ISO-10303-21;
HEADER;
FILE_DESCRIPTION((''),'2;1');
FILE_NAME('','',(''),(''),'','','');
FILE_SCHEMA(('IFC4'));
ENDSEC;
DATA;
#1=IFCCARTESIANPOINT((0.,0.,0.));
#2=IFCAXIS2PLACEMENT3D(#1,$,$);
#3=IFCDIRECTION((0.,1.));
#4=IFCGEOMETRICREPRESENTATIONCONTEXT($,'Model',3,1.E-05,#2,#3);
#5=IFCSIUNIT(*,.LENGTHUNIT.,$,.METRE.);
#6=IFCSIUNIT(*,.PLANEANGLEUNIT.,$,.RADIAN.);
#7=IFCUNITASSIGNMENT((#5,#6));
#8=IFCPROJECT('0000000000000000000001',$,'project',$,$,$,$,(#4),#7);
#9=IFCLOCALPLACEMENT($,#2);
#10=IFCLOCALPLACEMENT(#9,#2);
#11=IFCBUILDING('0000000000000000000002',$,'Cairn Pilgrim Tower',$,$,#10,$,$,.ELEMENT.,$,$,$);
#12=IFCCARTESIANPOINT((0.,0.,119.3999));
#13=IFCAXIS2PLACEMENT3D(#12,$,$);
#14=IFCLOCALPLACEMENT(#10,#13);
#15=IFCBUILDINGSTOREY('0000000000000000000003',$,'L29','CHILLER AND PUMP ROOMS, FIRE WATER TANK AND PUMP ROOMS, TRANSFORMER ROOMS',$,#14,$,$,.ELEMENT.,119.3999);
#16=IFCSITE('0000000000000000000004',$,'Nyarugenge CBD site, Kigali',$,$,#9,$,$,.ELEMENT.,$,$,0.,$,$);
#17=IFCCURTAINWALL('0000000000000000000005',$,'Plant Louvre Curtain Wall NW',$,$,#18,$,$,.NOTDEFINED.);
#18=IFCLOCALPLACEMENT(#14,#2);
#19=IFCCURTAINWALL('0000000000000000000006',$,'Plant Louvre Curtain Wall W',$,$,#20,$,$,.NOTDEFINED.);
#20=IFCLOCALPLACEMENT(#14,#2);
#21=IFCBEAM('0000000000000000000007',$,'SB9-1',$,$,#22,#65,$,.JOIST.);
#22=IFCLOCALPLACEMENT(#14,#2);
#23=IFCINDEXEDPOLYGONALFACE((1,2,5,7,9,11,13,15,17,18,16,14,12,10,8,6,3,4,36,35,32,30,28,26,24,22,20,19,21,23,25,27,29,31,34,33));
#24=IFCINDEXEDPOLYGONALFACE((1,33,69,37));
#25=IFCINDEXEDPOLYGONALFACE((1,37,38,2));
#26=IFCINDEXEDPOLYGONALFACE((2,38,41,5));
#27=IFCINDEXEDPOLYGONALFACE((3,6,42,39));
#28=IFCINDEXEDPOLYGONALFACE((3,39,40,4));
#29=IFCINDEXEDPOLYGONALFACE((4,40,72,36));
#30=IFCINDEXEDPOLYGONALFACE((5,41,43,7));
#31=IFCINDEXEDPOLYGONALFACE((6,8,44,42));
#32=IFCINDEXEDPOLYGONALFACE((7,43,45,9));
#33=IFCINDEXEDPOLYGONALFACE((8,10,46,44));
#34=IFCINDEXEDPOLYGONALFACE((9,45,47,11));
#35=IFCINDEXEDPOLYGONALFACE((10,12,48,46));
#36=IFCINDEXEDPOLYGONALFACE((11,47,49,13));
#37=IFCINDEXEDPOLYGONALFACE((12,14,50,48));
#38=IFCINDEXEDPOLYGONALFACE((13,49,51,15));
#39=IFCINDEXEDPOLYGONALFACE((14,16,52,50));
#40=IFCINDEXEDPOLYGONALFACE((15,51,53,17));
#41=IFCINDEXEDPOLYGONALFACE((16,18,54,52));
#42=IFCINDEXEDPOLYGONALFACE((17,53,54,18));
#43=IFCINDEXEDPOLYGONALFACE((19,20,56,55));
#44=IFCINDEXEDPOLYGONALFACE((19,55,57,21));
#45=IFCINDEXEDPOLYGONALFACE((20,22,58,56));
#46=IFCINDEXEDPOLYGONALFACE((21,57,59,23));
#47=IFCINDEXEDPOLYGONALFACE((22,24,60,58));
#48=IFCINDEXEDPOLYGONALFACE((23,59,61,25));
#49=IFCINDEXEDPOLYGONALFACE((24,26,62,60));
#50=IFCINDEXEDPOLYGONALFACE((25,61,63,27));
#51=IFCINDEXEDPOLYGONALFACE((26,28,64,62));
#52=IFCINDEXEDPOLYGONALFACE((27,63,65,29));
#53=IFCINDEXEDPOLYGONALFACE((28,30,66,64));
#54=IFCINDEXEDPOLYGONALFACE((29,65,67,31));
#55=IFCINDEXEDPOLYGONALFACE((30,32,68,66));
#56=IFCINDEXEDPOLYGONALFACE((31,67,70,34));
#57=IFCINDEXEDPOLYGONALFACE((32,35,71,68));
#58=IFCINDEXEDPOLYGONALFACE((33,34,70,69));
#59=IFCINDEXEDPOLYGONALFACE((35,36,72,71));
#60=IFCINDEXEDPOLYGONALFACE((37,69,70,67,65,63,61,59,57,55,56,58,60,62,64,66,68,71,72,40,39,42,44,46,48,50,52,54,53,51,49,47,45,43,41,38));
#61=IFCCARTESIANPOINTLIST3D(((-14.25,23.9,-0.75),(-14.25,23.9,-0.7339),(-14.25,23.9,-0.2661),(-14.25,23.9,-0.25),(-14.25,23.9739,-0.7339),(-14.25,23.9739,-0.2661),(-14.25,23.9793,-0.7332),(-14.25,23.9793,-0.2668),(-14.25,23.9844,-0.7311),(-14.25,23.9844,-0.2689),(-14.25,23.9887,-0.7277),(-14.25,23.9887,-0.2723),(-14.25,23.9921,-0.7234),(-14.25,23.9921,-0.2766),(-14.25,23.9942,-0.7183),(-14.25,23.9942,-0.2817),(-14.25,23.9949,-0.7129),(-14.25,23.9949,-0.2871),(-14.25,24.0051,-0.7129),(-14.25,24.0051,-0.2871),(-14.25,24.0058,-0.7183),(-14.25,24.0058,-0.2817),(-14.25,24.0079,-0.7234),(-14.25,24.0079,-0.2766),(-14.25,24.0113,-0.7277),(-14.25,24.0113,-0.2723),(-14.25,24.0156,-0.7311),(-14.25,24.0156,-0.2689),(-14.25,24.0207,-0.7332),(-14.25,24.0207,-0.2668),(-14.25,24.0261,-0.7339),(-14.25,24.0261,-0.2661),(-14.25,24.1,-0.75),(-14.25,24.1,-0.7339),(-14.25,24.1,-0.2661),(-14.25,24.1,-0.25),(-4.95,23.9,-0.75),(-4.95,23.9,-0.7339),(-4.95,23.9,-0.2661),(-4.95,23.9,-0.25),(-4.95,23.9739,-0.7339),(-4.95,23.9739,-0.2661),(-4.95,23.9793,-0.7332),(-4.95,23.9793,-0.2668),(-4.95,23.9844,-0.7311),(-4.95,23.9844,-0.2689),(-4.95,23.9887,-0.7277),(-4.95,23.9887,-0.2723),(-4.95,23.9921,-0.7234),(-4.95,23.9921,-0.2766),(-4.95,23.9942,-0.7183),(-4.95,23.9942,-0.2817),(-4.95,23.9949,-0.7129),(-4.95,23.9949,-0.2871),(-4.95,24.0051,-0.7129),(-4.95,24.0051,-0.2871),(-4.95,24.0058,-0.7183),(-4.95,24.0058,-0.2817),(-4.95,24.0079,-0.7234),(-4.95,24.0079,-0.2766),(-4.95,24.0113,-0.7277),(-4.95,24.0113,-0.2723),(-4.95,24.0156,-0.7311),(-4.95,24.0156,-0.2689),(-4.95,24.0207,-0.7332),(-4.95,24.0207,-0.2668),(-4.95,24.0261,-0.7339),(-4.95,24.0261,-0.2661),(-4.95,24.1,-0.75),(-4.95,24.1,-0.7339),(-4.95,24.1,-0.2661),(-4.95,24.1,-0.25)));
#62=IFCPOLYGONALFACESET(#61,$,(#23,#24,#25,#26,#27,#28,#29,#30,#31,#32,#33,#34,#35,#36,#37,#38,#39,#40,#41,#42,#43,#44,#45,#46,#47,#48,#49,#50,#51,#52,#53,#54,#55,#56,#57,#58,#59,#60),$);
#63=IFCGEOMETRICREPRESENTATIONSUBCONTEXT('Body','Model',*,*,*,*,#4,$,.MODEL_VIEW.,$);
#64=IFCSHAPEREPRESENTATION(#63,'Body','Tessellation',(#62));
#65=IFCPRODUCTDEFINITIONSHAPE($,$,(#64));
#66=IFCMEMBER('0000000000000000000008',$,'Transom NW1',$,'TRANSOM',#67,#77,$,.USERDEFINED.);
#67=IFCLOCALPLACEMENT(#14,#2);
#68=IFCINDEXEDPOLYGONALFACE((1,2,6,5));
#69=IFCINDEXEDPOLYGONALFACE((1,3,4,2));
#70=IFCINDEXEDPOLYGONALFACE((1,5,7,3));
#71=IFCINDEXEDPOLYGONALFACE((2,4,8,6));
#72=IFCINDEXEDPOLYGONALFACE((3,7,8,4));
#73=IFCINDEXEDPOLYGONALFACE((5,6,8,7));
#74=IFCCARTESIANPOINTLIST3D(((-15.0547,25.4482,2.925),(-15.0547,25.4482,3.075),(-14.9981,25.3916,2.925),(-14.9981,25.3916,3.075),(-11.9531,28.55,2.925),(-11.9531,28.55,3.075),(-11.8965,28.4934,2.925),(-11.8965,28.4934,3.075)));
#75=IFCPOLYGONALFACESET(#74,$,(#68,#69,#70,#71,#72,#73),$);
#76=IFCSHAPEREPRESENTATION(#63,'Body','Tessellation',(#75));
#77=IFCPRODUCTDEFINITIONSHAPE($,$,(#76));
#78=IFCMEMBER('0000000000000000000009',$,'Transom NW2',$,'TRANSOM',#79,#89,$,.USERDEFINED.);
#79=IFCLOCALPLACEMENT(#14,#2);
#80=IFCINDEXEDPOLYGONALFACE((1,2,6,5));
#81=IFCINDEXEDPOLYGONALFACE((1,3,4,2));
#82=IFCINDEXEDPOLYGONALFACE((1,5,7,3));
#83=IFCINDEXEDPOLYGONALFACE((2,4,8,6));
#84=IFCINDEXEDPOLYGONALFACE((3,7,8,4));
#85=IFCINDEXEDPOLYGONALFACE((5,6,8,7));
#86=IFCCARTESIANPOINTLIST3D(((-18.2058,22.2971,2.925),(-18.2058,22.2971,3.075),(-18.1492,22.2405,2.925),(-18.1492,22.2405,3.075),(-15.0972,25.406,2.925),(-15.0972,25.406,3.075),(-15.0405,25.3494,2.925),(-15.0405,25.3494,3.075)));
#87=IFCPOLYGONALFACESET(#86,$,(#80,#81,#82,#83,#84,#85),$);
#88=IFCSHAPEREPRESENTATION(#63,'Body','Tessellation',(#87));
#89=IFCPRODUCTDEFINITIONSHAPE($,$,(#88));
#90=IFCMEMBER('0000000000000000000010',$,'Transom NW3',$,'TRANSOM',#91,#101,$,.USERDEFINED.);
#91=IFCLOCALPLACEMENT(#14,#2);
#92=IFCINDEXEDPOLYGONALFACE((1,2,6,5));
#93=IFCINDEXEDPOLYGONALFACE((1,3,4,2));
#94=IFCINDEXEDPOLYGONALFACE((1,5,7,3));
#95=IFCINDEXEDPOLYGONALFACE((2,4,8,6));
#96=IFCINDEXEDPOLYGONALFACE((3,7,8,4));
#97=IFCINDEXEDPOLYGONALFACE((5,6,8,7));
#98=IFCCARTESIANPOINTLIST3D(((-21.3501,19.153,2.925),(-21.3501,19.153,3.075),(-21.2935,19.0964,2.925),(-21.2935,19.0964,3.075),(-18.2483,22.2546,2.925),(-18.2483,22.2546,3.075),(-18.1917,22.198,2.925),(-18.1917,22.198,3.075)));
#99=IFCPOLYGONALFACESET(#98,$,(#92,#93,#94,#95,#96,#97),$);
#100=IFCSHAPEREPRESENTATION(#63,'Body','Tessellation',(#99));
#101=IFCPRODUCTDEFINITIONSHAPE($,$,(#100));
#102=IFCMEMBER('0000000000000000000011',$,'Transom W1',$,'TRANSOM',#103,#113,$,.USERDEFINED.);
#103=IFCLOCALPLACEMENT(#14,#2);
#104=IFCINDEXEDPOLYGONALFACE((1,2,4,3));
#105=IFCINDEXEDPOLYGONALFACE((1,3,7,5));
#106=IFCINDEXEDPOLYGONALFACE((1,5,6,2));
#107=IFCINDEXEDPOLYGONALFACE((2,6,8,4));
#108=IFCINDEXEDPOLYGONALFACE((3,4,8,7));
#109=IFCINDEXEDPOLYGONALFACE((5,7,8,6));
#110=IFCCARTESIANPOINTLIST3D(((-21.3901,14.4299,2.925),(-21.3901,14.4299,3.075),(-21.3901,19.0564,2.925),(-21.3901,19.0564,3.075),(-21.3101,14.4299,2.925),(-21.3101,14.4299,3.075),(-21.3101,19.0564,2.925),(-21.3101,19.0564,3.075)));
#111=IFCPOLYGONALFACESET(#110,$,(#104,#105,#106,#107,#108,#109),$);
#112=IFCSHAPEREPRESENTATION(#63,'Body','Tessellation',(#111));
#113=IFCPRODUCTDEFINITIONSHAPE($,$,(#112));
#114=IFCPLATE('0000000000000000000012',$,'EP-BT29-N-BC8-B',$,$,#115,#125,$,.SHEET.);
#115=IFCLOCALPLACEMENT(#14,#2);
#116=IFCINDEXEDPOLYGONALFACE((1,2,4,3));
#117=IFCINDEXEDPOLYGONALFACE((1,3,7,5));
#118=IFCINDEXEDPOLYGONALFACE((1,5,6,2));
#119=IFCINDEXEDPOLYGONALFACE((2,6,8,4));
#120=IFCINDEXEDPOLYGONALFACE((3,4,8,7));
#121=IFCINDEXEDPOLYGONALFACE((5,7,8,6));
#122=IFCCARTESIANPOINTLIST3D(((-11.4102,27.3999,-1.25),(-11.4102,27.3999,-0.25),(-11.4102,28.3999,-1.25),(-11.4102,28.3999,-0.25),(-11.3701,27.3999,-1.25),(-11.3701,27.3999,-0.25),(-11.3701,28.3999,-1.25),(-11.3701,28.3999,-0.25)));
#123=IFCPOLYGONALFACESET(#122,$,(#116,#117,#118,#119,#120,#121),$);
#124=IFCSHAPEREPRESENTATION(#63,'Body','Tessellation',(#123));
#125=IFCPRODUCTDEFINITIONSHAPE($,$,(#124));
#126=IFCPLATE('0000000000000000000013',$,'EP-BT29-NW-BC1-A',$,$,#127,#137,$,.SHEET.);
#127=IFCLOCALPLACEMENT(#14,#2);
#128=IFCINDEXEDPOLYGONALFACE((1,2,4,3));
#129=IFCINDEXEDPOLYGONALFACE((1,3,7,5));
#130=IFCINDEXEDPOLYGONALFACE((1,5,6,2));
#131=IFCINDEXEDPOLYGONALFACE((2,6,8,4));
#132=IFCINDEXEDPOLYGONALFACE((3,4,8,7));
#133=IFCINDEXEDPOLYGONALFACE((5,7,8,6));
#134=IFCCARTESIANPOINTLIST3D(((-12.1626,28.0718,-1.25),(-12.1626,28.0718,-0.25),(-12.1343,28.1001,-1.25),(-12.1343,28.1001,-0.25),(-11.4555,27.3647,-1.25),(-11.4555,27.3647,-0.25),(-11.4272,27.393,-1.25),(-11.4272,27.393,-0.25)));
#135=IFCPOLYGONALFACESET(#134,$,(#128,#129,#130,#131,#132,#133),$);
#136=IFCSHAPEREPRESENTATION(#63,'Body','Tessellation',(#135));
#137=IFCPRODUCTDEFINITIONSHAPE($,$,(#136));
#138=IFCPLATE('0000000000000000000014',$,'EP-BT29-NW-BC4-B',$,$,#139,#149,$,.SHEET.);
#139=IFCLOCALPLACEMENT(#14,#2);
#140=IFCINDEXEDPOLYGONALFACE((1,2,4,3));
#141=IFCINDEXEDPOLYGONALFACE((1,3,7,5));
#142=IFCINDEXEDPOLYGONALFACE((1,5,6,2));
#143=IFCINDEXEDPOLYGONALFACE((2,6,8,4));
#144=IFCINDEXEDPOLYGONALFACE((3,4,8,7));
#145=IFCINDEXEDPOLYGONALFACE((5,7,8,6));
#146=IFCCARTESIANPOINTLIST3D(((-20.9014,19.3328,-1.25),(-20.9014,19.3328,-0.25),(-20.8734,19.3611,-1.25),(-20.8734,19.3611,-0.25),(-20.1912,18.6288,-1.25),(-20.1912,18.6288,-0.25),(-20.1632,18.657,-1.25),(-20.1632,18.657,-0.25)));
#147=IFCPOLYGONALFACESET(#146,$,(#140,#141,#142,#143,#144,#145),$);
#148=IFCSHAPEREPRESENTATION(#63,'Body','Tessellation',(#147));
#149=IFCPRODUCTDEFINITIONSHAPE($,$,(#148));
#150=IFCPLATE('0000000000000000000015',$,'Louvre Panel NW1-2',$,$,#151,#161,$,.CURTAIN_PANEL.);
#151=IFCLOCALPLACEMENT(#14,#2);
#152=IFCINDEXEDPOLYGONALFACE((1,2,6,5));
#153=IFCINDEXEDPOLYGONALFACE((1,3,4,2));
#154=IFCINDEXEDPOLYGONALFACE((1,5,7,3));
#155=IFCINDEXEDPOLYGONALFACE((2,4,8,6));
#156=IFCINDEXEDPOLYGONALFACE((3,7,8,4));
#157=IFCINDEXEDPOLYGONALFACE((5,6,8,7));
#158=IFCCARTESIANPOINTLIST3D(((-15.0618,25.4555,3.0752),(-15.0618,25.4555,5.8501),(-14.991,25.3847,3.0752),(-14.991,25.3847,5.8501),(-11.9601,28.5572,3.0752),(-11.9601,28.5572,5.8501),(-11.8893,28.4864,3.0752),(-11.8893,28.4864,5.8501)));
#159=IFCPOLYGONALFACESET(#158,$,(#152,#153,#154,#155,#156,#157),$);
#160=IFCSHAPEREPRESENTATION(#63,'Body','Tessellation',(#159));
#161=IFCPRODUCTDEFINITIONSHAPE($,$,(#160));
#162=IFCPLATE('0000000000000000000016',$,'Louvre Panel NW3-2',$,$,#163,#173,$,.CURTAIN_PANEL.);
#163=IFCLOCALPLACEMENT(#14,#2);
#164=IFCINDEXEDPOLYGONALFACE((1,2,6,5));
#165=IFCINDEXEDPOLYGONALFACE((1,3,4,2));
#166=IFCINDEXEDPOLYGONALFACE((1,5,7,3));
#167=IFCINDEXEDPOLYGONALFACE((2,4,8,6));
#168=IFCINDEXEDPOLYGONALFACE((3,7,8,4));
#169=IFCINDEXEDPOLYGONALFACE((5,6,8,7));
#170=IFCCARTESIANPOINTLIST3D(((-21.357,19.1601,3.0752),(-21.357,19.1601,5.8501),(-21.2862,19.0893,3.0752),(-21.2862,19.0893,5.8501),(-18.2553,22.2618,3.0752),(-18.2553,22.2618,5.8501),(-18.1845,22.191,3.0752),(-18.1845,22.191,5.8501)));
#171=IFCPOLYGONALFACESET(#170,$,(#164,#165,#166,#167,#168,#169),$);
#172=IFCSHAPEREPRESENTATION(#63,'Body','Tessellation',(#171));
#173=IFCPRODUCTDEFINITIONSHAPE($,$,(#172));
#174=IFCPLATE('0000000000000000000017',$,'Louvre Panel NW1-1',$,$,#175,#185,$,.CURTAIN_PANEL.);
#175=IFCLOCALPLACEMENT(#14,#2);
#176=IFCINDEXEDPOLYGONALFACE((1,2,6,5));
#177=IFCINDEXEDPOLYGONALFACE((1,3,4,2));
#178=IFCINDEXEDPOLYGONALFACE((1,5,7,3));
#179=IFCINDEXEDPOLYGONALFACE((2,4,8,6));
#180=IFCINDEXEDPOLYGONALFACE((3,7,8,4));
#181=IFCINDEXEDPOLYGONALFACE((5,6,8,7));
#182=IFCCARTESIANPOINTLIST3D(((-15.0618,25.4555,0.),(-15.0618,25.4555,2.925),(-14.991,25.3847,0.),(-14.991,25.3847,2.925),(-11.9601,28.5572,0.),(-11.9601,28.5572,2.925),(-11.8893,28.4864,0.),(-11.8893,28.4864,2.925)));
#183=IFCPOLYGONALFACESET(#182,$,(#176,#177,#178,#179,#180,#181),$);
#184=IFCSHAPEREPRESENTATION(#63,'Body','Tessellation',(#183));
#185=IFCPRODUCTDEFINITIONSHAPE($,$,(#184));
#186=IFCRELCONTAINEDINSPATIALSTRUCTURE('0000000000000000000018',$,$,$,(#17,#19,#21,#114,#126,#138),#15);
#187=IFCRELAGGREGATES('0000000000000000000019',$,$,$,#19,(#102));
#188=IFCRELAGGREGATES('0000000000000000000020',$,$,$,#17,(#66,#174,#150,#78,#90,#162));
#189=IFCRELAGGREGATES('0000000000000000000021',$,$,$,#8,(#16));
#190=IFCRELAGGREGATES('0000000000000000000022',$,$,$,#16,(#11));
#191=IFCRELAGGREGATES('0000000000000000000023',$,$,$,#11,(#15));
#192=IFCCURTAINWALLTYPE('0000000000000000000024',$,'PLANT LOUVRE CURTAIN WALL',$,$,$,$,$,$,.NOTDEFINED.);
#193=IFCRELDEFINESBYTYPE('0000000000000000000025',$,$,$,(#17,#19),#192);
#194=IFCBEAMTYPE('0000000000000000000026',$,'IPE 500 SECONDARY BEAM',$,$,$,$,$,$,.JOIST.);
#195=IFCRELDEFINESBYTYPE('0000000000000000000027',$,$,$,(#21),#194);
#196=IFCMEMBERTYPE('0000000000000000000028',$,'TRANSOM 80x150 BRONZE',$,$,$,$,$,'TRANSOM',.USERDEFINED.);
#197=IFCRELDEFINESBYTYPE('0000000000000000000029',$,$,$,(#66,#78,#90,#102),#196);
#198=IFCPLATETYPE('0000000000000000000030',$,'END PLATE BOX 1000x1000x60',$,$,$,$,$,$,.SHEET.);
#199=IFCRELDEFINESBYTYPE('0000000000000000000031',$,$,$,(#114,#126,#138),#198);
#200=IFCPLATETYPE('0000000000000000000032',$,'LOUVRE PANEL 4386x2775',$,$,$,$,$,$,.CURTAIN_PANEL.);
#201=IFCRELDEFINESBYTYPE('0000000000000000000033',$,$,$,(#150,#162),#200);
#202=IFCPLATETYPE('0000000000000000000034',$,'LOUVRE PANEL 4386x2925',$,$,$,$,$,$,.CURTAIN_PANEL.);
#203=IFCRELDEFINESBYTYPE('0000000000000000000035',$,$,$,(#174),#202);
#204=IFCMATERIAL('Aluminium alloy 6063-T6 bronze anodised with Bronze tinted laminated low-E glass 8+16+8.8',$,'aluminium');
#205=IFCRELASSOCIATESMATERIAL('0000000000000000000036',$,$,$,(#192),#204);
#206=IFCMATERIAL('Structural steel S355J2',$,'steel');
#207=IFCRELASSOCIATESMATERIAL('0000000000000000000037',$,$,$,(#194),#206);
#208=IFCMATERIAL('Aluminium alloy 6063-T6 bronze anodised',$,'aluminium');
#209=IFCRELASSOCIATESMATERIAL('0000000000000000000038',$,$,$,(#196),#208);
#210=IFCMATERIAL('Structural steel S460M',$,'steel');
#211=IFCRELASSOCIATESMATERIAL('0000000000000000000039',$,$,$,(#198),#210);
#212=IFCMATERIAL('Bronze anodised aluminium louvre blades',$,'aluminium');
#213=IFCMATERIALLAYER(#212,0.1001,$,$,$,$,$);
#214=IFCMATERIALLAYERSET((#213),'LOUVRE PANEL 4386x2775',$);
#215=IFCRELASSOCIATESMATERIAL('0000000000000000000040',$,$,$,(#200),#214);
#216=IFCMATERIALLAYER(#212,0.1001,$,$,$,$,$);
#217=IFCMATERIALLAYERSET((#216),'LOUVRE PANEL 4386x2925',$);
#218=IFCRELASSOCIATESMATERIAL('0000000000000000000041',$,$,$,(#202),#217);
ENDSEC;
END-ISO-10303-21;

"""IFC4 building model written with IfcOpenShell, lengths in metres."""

from ifc_helpers import new_model, si_unit, direction, frame, origin, origin_2d, place, context, subcontext, project, spatial, rectangle, i_section, extrude, material, layer, layer_set, material_profile, profile_set, type_object, element, aggregate, save


model = new_model("IFC4")

# Units and contexts
model_context = context("Model", 3, precision=1e-05, world=origin(), true_north=direction((0.0, 1.0)))
body_context = subcontext(model_context, "Body", "Model", "MODEL_VIEW")
ifc_project = project(units=[si_unit("LENGTHUNIT", "METRE"), si_unit("PLANEANGLEUNIT", "RADIAN")], contexts=[model_context])

# Site, building, storey
site_placement = place(None, origin())
site = spatial("IfcSite", under=ifc_project, at=site_placement, Name="Nyarugenge CBD site, Kigali", CompositionType="ELEMENT", RefElevation=0.0)
building_placement = place(site_placement, origin())
building = spatial("IfcBuilding", under=site, at=building_placement, Name="Cairn Pilgrim Tower", CompositionType="ELEMENT")
storey_placement = place(building_placement, frame((0.0, 0.0, 119.3999)))
storey = spatial("IfcBuildingStorey", under=building, at=storey_placement, Name="L29", Description="CHILLER AND PUMP ROOMS, FIRE WATER TANK AND PUMP ROOMS, TRANSFORMER ROOMS", CompositionType="ELEMENT", Elevation=119.3999)

# Shared definitions
ifc_material_1 = material(Name="Structural steel S460M", Category="steel")
ifc_material_2 = material(Name="Structural steel S355J2", Category="steel")

# Curtain wall
ifc_material_3 = material(Name="Aluminium alloy 6063-T6 bronze anodised with Bronze tinted laminated low-E glass 8+16+8.8", Category="aluminium")
curtain_wall_type = type_object("IfcCurtainWallType", Name="PLANT LOUVRE CURTAIN WALL", PredefinedType="NOTDEFINED", material=ifc_material_3)
curtain_wall_1_placement = place(storey_placement, origin())
curtain_wall_1 = element("IfcCurtainWall", 1, at=curtain_wall_1_placement, inside=storey, type_object=curtain_wall_type, Name="Plant Louvre Curtain Wall NW", PredefinedType="NOTDEFINED")
ifc_material_4 = material(Name="Aluminium alloy 6063-T6 bronze anodised", Category="aluminium")

# Curtain wall
curtain_wall_2_placement = place(storey_placement, origin())
curtain_wall_2 = element("IfcCurtainWall", 2, at=curtain_wall_2_placement, inside=storey, type_object=curtain_wall_type, Name="Plant Louvre Curtain Wall W", PredefinedType="NOTDEFINED")

# Beam
ifc_material_profile_1 = material_profile(ifc_material_2, i_section(OverallWidth=0.2, OverallDepth=0.5, WebThickness=0.0103, FlangeThickness=0.0161, FilletRadius=0.021, at=origin_2d()), Name="IPE 500")
ifc_profile_set_1 = profile_set([ifc_material_profile_1], Name="Structural steel S355J2")
beam_type_1 = type_object("IfcBeamType", Name="IPE 500 SECONDARY BEAM", PredefinedType="JOIST", material=ifc_profile_set_1)
for number, where, z_axis, x_axis, name in (
    (3, (-14.25, 24.0, -0.5), (1.0, 0.0, 0.0), (0.0, 1.0, 0.0), "SB9-1"),
):
    element("IfcBeam", number, at=place(storey_placement, frame(where, z_axis=z_axis, x_axis=x_axis)), inside=storey, type_object=beam_type_1, Name=name, PredefinedType="JOIST", context=body_context, shape_type="SweptSolid", body=[
        extrude(i_section(OverallWidth=0.2, OverallDepth=0.5, WebThickness=0.0103, FlangeThickness=0.0161, FilletRadius=0.021, at=origin_2d()), origin(), (0.0, 0.0, 1.0), 9.3),
    ])

# Members
ifc_material_profile_2 = material_profile(ifc_material_4, rectangle(XDim=0.0801, YDim=0.1499, at=origin_2d()), Name="TRANSOM 80x150 BRONZE")
ifc_profile_set_2 = profile_set([ifc_material_profile_2], Name="Aluminium alloy 6063-T6 bronze anodised")
member_type_1 = type_object("IfcMemberType", Name="TRANSOM 80x150 BRONZE", ElementType="TRANSOM", PredefinedType="USERDEFINED", material=ifc_profile_set_2)
member_1_placement = place(storey_placement, frame((-11.9248, 28.5217, 3.0), z_axis=(-0.707079, -0.707135, 0.0), x_axis=(0.707135, -0.707079, 0.0)))
member_1 = element("IfcMember", 4, at=member_1_placement, type_object=member_type_1, Name="Transom NW1", ObjectType="TRANSOM", PredefinedType="USERDEFINED", context=body_context, shape_type="SweptSolid", body=[
    extrude(rectangle(XDim=0.0801, YDim=0.1499, at=origin_2d()), origin(), (0.0, 0.0, 1.0), 4.3865),
])
member_2_placement = place(storey_placement, frame((-15.0688, 25.3777, 3.0), z_axis=(-0.707079, -0.707135, 0.0), x_axis=(0.707135, -0.707079, 0.0)))
member_2 = element("IfcMember", 5, at=member_2_placement, type_object=member_type_1, Name="Transom NW2", ObjectType="TRANSOM", PredefinedType="USERDEFINED", context=body_context, shape_type="SweptSolid", body=[
    extrude(rectangle(XDim=0.0801, YDim=0.1499, at=origin_2d()), origin(), (0.0, 0.0, 1.0), 4.3965),
])
member_3_placement = place(storey_placement, frame((-18.22, 22.2263, 3.0), z_axis=(-0.707135, -0.707079, 0.0), x_axis=(0.707079, -0.707135, 0.0)))
member_3 = element("IfcMember", 6, at=member_3_placement, type_object=member_type_1, Name="Transom NW3", ObjectType="TRANSOM", PredefinedType="USERDEFINED", context=body_context, shape_type="SweptSolid", body=[
    extrude(rectangle(XDim=0.0801, YDim=0.1499, at=origin_2d()), origin(), (0.0, 0.0, 1.0), 4.3865),
])
member_4_placement = place(storey_placement, frame((-21.3501, 19.0564, 3.0), z_axis=(0.0, -1.0, 0.0), x_axis=(1.0, 0.0, 0.0)))
member_4 = element("IfcMember", 7, at=member_4_placement, type_object=member_type_1, Name="Transom W1", ObjectType="TRANSOM", PredefinedType="USERDEFINED", context=body_context, shape_type="SweptSolid", body=[
    extrude(rectangle(XDim=0.0801, YDim=0.1499, at=origin_2d()), origin(), (0.0, 0.0, 1.0), 4.6265),
])
aggregate(curtain_wall_2, [member_4])

# Plates
ifc_material_profile_3 = material_profile(ifc_material_1, rectangle(XDim=1.0, YDim=1.0, at=origin_2d()), Name="END PLATE BOX 1000x1000x60")
ifc_profile_set_3 = profile_set([ifc_material_profile_3], Name="Structural steel S460M")
plate_type_1 = type_object("IfcPlateType", Name="END PLATE BOX 1000x1000x60", PredefinedType="SHEET", material=ifc_profile_set_3)
for number, where, z_axis, x_axis, name in (
    (8, (-11.3701, 27.8999, -0.75), (-1.0, 0.0, 0.0), (0.0, -1.0, 0.0), "EP-BT29-N-BC8-B"),
    (9, (-11.8091, 27.7183, -0.75), (0.707107, 0.707107, 0.0), (-0.707107, 0.707107, 0.0), "EP-BT29-NW-BC1-A"),
):
    element("IfcPlate", number, at=place(storey_placement, frame(where, z_axis=z_axis, x_axis=x_axis)), inside=storey, type_object=plate_type_1, Name=name, PredefinedType="SHEET", context=body_context, shape_type="SweptSolid", body=[
        extrude(rectangle(XDim=1.0, YDim=1.0, at=origin_2d()), origin(), (0.0, 0.0, 1.0), 0.04),
    ])
plate_1_placement = place(storey_placement, frame((-20.5183, 19.009, -0.75), z_axis=(-0.704039, -0.710161, 0.0), x_axis=(0.710161, -0.704039, 0.0)))
element("IfcPlate", 10, at=plate_1_placement, inside=storey, type_object=plate_type_1, Name="EP-BT29-NW-BC4-B", PredefinedType="SHEET", context=body_context, shape_type="SweptSolid", body=[
    extrude(rectangle(XDim=1.0, YDim=1.0, at=origin_2d()), origin(), (0.0, 0.0, 1.0), 0.0398),
])

# Plates
ifc_material_5 = material(Name="Bronze anodised aluminium louvre blades", Category="aluminium")
ifc_layer_1 = layer(ifc_material_5, 0.1001)
ifc_layer_set_1 = layer_set([ifc_layer_1], Name="LOUVRE PANEL 4386x2775")
plate_type_2 = type_object("IfcPlateType", Name="LOUVRE PANEL 4386x2775", PredefinedType="CURTAIN_PANEL", material=ifc_layer_set_1)
plate_2_placement = place(storey_placement, frame((-13.4756, 26.9709, 3.0752), z_axis=(0.0, 0.0, 1.0), x_axis=(-0.707107, -0.707107, 0.0)))
plate_2 = element("IfcPlate", 11, at=plate_2_placement, type_object=plate_type_2, Name="Louvre Panel NW1-2", PredefinedType="CURTAIN_PANEL", context=body_context, shape_type="SweptSolid", body=[
    extrude(rectangle(XDim=4.3865, YDim=0.1001, at=origin_2d()), origin(), (0.0, 0.0, 1.0), 2.7749),
])
plate_3_placement = place(storey_placement, frame((-19.7708, 20.6755, 3.0752), z_axis=(0.0, 0.0, 1.0), x_axis=(-0.707107, -0.707107, 0.0)))
plate_3 = element("IfcPlate", 12, at=plate_3_placement, type_object=plate_type_2, Name="Louvre Panel NW3-2", PredefinedType="CURTAIN_PANEL", context=body_context, shape_type="SweptSolid", body=[
    extrude(rectangle(XDim=4.3865, YDim=0.1001, at=origin_2d()), origin(), (0.0, 0.0, 1.0), 2.7749),
])
ifc_layer_2 = layer(ifc_material_5, 0.1001)
ifc_layer_set_2 = layer_set([ifc_layer_2], Name="LOUVRE PANEL 4386x2925")
plate_type_3 = type_object("IfcPlateType", Name="LOUVRE PANEL 4386x2925", PredefinedType="CURTAIN_PANEL", material=ifc_layer_set_2)
plate_4_placement = place(storey_placement, frame((-13.4756, 26.9709, 0.0), z_axis=(0.0, 0.0, 1.0), x_axis=(-0.707107, -0.707107, 0.0)))
plate_4 = element("IfcPlate", 13, at=plate_4_placement, type_object=plate_type_3, Name="Louvre Panel NW1-1", PredefinedType="CURTAIN_PANEL", context=body_context, shape_type="SweptSolid", body=[
    extrude(rectangle(XDim=4.3865, YDim=0.1001, at=origin_2d()), origin(), (0.0, 0.0, 1.0), 2.925),
])
aggregate(curtain_wall_1, [member_1, plate_4, plate_2, member_2, member_3, plate_3])

save(model, "model.ifc")
